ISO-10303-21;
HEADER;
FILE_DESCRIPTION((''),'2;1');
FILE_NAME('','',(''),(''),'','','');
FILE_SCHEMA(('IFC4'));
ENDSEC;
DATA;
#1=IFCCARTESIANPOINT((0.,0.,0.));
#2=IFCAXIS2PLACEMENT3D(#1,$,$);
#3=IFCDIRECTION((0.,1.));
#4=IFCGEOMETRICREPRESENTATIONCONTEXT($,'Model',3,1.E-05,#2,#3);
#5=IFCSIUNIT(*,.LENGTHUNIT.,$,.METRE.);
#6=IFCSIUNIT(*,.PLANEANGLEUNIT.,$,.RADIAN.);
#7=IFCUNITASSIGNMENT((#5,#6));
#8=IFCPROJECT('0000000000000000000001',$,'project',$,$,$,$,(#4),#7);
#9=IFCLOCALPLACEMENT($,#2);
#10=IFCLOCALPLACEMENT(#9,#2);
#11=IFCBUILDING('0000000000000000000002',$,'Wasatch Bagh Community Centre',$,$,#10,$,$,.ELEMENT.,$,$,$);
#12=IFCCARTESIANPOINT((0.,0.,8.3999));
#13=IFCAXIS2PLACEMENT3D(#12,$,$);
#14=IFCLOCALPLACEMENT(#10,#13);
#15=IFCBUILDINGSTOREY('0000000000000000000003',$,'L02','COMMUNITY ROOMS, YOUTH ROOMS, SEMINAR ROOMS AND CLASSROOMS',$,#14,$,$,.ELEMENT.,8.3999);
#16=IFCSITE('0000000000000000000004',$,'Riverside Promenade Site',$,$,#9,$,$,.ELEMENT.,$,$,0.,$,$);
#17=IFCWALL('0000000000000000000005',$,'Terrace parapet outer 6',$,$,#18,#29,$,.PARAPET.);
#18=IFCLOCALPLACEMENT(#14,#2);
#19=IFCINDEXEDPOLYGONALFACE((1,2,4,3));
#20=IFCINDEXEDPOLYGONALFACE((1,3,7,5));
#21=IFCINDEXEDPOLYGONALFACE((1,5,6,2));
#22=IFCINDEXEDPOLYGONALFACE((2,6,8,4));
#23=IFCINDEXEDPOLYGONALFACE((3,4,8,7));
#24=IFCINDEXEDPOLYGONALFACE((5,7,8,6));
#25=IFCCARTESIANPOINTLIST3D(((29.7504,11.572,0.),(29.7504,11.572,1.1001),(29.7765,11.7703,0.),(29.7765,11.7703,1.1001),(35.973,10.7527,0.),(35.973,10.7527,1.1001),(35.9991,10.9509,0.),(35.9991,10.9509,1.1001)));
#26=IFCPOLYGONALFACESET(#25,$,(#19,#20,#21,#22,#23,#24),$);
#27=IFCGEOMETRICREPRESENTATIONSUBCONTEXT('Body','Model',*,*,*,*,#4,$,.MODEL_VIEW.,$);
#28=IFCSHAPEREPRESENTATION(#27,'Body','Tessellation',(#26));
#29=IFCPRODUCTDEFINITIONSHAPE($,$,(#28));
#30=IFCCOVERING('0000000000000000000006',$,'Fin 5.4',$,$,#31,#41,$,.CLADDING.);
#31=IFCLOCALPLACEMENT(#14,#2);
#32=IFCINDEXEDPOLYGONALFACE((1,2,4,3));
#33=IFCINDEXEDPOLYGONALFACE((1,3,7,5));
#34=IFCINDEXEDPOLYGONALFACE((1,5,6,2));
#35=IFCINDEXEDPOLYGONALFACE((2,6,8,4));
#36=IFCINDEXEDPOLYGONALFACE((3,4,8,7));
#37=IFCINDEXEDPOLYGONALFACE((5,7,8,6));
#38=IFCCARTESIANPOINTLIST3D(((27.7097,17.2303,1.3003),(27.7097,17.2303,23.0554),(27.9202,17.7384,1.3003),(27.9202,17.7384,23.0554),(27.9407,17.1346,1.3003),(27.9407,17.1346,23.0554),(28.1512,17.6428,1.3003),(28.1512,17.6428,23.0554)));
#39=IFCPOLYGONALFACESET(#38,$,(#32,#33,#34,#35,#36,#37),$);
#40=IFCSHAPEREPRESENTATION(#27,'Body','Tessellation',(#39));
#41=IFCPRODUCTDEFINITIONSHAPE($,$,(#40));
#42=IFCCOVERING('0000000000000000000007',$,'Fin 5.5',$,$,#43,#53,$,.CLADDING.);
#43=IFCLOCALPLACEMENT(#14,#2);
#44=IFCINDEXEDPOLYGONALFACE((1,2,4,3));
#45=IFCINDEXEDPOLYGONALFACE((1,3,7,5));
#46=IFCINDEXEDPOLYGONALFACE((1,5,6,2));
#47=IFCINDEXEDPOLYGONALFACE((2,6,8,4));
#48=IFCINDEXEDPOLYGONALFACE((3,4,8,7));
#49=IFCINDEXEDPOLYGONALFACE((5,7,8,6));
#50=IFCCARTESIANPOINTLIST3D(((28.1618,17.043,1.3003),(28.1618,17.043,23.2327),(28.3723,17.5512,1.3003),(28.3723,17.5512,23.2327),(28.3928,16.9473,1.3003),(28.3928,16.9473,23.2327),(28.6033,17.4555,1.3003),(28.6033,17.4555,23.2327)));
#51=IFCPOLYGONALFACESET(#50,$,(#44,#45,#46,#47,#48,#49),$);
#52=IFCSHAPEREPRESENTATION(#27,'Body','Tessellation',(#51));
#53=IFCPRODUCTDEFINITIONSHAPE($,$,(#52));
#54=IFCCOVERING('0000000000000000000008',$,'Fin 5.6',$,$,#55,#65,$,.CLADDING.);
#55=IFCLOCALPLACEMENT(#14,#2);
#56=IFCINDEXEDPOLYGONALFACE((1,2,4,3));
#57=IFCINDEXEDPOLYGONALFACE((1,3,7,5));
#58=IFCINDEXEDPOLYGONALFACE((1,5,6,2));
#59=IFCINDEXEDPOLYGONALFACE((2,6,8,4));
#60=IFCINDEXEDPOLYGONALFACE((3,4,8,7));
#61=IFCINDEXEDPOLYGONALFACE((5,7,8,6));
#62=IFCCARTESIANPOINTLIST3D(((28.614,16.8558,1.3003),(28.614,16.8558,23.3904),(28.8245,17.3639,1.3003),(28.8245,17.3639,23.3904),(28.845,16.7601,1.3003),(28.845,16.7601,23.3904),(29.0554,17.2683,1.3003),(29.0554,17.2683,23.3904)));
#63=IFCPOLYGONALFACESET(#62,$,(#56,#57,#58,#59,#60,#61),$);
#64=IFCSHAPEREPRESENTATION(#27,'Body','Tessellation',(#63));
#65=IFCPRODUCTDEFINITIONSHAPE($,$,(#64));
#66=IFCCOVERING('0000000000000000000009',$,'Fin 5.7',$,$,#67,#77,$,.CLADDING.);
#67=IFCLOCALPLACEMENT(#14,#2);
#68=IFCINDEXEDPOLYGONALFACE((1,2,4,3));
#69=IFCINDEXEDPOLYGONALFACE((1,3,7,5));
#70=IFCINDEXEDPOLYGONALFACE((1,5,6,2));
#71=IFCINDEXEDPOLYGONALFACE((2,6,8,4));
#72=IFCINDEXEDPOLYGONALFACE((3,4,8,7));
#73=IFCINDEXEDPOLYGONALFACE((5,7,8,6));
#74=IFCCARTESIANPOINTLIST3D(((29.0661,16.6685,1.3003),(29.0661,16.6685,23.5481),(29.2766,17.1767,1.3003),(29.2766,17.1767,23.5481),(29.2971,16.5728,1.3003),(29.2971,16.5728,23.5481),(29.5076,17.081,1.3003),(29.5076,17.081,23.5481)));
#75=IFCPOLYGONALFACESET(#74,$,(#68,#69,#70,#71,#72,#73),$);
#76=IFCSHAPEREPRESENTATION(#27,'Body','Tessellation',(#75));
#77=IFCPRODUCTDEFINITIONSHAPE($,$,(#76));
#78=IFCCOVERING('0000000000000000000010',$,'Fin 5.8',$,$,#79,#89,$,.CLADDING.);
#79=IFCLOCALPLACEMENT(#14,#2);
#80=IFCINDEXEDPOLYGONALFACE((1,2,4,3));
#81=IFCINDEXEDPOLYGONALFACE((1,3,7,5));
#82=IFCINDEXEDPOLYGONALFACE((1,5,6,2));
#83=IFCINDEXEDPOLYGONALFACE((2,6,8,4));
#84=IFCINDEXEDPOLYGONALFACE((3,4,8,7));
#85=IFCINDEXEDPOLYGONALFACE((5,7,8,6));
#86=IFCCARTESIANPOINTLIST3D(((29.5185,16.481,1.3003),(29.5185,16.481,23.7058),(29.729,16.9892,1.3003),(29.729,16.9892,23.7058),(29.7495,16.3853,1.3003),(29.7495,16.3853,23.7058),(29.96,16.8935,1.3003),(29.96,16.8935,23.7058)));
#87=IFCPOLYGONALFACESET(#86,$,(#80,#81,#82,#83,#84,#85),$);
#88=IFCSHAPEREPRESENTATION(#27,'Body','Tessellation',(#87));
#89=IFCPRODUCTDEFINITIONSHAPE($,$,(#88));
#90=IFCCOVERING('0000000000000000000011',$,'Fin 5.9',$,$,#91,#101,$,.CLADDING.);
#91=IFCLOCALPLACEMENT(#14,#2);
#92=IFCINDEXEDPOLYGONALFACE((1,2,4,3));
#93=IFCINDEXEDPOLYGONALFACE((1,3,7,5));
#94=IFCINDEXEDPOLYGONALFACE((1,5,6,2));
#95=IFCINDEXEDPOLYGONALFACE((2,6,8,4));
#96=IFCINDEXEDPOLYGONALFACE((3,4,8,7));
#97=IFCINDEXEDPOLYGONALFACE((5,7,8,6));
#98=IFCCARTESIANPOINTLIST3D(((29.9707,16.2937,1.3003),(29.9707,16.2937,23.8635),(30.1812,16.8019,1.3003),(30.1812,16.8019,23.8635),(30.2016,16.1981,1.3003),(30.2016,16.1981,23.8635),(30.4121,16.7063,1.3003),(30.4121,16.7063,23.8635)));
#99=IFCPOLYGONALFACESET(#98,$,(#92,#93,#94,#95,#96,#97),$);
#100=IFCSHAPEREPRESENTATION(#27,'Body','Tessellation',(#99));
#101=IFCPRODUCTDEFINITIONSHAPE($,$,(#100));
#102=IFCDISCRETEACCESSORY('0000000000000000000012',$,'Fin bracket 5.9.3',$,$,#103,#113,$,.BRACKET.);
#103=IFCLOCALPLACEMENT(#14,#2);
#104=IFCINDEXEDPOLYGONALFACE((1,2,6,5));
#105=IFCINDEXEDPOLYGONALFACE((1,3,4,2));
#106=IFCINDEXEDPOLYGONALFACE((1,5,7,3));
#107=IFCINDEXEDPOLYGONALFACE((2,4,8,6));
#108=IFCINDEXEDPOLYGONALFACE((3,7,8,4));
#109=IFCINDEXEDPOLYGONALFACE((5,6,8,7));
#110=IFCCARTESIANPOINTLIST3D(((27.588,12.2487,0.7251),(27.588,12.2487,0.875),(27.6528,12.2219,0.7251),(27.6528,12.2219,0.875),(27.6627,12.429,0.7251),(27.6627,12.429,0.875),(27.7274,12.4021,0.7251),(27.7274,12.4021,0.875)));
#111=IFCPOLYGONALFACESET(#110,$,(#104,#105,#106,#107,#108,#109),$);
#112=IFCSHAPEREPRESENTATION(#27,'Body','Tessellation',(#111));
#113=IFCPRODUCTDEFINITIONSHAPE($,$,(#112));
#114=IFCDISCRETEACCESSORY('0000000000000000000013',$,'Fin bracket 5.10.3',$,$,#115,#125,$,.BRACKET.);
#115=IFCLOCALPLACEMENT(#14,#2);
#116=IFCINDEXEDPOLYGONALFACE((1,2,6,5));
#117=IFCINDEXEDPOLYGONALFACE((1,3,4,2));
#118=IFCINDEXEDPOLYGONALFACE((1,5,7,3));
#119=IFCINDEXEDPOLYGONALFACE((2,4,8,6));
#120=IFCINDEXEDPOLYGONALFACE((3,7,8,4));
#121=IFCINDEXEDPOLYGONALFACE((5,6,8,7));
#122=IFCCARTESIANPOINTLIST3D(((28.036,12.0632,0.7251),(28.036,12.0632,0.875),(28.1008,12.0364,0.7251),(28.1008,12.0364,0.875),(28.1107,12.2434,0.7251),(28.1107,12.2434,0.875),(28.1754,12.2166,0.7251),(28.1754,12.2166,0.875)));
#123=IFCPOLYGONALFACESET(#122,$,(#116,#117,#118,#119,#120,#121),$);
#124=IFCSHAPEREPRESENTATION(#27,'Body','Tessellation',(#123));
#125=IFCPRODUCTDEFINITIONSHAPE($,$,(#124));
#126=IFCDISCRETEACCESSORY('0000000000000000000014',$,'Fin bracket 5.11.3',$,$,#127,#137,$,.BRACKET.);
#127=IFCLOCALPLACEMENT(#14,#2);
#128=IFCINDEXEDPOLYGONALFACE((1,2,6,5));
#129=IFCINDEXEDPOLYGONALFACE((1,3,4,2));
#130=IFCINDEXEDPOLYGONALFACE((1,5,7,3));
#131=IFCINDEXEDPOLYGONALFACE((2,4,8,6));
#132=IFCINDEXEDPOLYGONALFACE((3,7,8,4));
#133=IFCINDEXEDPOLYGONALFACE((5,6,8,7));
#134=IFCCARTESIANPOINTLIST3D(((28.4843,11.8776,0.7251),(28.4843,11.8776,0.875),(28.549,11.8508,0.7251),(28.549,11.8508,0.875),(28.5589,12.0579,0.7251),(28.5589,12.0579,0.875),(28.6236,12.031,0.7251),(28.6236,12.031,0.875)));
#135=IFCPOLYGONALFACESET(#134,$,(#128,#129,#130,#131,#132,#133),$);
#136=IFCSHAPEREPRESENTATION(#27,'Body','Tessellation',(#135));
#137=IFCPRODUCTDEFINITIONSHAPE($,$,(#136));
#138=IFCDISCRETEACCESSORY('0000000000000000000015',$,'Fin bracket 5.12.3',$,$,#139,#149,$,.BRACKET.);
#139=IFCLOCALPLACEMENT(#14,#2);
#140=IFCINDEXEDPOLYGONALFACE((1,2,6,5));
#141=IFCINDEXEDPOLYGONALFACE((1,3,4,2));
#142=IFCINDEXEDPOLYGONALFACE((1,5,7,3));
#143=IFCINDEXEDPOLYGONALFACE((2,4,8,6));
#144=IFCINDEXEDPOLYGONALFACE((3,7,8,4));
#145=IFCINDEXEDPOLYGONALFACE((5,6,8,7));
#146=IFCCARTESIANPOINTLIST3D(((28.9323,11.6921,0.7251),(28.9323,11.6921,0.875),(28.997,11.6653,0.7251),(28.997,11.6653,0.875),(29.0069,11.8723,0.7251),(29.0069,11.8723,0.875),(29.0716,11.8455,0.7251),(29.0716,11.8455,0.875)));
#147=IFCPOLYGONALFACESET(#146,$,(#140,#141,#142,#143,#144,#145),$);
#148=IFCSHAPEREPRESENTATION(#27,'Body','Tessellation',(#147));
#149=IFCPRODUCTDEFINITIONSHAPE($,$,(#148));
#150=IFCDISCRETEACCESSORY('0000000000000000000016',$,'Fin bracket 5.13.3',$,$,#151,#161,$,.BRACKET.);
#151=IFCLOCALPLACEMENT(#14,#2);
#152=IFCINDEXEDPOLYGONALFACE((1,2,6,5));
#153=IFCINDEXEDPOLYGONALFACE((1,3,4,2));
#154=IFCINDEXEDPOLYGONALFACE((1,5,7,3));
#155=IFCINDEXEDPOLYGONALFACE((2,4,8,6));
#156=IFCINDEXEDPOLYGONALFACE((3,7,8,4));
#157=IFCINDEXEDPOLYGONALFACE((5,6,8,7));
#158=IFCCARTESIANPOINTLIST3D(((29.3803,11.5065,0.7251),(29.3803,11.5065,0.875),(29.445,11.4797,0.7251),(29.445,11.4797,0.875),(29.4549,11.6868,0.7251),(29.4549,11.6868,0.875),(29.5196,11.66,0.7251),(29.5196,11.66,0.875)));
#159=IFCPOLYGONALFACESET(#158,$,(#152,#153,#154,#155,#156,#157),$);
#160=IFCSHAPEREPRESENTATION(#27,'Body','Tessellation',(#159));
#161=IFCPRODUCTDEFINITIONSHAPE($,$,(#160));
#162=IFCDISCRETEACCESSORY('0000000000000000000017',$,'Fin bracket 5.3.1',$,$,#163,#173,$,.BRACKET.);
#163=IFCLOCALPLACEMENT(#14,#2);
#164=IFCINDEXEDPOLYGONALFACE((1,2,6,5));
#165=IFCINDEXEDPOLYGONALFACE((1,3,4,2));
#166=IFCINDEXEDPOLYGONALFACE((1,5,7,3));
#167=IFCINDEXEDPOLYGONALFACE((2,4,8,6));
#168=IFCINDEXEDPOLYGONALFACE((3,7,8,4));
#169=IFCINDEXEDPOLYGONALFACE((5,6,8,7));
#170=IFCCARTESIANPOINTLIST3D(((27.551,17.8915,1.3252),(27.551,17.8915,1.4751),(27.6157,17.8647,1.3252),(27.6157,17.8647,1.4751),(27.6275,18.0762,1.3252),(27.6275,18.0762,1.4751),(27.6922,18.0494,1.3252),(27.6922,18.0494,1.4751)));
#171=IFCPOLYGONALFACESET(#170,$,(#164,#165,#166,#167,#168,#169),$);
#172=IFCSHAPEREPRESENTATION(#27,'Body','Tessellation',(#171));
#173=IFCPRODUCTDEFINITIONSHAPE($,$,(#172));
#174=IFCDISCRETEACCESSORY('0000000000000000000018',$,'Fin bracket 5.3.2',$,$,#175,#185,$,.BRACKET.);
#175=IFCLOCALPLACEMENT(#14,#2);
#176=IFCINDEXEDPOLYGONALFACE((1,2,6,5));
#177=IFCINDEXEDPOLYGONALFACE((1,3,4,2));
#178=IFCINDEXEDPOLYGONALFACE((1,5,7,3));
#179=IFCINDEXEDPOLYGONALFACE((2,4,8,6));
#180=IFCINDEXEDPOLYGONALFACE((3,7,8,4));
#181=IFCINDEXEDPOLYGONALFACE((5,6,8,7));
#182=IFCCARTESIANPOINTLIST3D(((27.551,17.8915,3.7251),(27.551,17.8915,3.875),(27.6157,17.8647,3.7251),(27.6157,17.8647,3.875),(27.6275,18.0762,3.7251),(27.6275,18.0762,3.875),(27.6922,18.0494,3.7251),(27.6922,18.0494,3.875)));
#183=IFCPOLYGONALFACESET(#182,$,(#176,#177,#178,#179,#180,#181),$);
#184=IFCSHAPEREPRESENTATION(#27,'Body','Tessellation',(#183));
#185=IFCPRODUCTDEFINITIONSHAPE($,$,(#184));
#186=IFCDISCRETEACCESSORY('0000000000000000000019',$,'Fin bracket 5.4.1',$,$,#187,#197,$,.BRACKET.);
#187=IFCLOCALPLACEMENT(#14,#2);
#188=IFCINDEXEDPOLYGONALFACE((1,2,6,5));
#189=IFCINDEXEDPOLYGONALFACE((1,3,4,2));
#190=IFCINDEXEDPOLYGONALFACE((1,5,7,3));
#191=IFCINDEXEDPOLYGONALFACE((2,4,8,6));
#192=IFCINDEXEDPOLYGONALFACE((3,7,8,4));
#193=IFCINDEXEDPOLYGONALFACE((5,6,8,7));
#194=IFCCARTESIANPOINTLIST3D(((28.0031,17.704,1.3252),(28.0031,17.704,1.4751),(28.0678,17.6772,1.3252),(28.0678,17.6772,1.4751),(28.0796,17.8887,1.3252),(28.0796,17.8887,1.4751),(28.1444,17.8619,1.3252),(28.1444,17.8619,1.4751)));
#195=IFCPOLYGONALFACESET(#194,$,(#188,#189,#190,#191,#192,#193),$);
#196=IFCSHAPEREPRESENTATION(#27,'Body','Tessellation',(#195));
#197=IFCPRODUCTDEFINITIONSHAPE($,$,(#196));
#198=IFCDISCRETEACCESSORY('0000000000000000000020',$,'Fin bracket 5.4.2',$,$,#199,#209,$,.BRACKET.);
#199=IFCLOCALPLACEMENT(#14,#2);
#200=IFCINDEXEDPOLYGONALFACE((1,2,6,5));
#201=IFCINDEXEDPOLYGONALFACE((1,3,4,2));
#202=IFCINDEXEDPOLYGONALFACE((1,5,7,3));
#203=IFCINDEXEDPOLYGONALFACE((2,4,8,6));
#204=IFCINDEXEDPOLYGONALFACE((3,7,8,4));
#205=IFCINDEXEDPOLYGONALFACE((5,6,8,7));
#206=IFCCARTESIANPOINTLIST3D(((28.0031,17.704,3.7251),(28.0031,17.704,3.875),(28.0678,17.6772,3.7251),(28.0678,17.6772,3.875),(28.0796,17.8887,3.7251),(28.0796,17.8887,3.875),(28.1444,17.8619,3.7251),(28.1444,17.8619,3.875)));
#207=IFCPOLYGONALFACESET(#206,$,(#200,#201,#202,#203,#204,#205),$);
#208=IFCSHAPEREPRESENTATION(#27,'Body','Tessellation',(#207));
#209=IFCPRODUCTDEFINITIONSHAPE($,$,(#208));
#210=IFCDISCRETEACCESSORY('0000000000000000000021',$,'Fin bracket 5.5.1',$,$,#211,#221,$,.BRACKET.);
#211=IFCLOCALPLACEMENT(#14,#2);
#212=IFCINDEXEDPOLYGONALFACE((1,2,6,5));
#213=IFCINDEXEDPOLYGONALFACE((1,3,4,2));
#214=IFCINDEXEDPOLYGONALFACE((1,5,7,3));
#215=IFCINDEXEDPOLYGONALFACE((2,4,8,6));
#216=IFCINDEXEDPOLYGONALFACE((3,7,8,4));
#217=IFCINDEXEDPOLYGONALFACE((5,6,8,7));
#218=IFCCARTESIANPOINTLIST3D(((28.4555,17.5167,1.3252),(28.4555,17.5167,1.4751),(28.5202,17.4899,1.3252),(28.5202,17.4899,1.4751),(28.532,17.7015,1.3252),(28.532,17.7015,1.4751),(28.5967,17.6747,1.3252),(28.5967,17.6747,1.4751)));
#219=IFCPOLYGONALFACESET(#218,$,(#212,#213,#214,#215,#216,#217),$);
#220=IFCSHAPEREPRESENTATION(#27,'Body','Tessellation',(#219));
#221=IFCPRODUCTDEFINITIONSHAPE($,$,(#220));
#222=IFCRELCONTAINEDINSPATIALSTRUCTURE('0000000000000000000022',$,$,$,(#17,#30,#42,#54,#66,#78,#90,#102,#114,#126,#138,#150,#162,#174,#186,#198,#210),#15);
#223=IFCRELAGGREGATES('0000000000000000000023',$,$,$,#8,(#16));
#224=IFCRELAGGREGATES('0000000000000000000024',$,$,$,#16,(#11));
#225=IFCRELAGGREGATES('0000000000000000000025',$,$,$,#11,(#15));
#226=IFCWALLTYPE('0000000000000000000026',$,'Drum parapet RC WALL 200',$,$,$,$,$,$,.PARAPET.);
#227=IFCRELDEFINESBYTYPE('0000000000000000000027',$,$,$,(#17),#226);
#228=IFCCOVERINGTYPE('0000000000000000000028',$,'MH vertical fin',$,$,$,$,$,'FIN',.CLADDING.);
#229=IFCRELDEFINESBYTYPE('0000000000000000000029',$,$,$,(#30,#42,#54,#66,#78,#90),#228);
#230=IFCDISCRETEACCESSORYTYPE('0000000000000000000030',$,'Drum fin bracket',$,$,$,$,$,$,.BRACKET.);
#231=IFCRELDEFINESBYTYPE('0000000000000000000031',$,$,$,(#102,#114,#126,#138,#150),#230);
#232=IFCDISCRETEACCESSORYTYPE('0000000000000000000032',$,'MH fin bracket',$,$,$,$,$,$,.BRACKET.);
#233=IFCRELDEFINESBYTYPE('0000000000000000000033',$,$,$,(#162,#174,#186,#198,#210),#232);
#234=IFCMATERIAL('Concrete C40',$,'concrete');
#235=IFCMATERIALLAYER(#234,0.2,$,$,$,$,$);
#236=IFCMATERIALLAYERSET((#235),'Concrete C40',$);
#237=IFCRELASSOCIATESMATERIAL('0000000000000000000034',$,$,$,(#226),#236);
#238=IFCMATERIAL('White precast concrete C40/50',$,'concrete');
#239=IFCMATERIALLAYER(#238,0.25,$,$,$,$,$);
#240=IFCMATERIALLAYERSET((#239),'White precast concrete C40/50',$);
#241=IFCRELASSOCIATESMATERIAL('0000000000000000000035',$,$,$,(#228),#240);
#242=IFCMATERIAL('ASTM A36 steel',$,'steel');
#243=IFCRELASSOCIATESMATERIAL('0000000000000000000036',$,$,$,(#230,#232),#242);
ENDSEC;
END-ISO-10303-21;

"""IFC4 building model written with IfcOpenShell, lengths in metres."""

from ifc_helpers import new_model, si_unit, direction, frame, frame_2d, origin, origin_2d, place, context, subcontext, project, spatial, rectangle, extrude, material, layer, layer_set, type_object, element, save


model = new_model("IFC4")

# Units and contexts
model_context = context("Model", 3, precision=1e-05, world=origin(), true_north=direction((0.0, 1.0)))
body_context = subcontext(model_context, "Body", "Model", "MODEL_VIEW")
ifc_project = project(units=[si_unit("LENGTHUNIT", "METRE"), si_unit("PLANEANGLEUNIT", "RADIAN")], contexts=[model_context])

# Site, building, storey
site_placement = place(None, origin())
site = spatial("IfcSite", under=ifc_project, at=site_placement, Name="Riverside Promenade Site", CompositionType="ELEMENT", RefElevation=0.0)
building_placement = place(site_placement, origin())
building = spatial("IfcBuilding", under=site, at=building_placement, Name="Wasatch Bagh Community Centre", CompositionType="ELEMENT")
storey_placement = place(building_placement, frame((0.0, 0.0, 8.3999)))
storey = spatial("IfcBuildingStorey", under=building, at=storey_placement, Name="L02", Description="COMMUNITY ROOMS, YOUTH ROOMS, SEMINAR ROOMS AND CLASSROOMS", CompositionType="ELEMENT", Elevation=8.3999)

# Wall
ifc_material_1 = material(Name="Concrete C40", Category="concrete")
ifc_layer_1 = layer(ifc_material_1, 0.2)
ifc_layer_set_1 = layer_set([ifc_layer_1], Name="Concrete C40")
wall_type = type_object("IfcWallType", Name="Drum parapet RC WALL 200", PredefinedType="PARAPET", material=ifc_layer_set_1)
wall_placement = place(storey_placement, frame((29.7634, 11.6711, 0.0), z_axis=(0.0, 0.0, 1.0), x_axis=(0.991443, -0.130543, 0.0)))
element("IfcWall", 1, at=wall_placement, inside=storey, type_object=wall_type, Name="Terrace parapet outer 6", PredefinedType="PARAPET", context=body_context, shape_type="SweptSolid", body=[
    extrude(rectangle(XDim=6.2764, YDim=0.2, at=frame_2d((3.1382, 0.0))), origin(), (0.0, 0.0, 1.0), 1.1001),
])

# Coverings
ifc_material_2 = material(Name="White precast concrete C40/50", Category="concrete")
ifc_layer_2 = layer(ifc_material_2, 0.25)
ifc_layer_set_2 = layer_set([ifc_layer_2], Name="White precast concrete C40/50")
covering_type = type_object("IfcCoveringType", Name="MH vertical fin", ElementType="FIN", PredefinedType="CLADDING", material=ifc_layer_set_2)
covering_1_placement = place(storey_placement, frame((27.9304, 17.4365, 1.3003), z_axis=(0.0, 0.0, 1.0), x_axis=(0.92388, -0.382683, 0.0)))
element("IfcCovering", 2, at=covering_1_placement, inside=storey, type_object=covering_type, Name="Fin 5.4", PredefinedType="CLADDING", context=body_context, shape_type="SweptSolid", body=[
    extrude(rectangle(XDim=0.25, YDim=0.55, at=origin_2d()), origin(), (0.0, 0.0, 1.0), 21.7551),
])
covering_2_placement = place(storey_placement, frame((28.3826, 17.2493, 1.3003), z_axis=(0.0, 0.0, 1.0), x_axis=(0.92388, -0.382683, 0.0)))
element("IfcCovering", 3, at=covering_2_placement, inside=storey, type_object=covering_type, Name="Fin 5.5", PredefinedType="CLADDING", context=body_context, shape_type="SweptSolid", body=[
    extrude(rectangle(XDim=0.25, YDim=0.55, at=origin_2d()), origin(), (0.0, 0.0, 1.0), 21.9324),
])
covering_3_placement = place(storey_placement, frame((28.8347, 17.062, 1.3003), z_axis=(0.0, 0.0, 1.0), x_axis=(0.92388, -0.382683, 0.0)))
element("IfcCovering", 4, at=covering_3_placement, inside=storey, type_object=covering_type, Name="Fin 5.6", PredefinedType="CLADDING", context=body_context, shape_type="SweptSolid", body=[
    extrude(rectangle(XDim=0.25, YDim=0.55, at=origin_2d()), origin(), (0.0, 0.0, 1.0), 22.0901),
])
covering_4_placement = place(storey_placement, frame((29.2869, 16.8748, 1.3003), z_axis=(0.0, 0.0, 1.0), x_axis=(0.92388, -0.382683, 0.0)))
element("IfcCovering", 5, at=covering_4_placement, inside=storey, type_object=covering_type, Name="Fin 5.7", PredefinedType="CLADDING", context=body_context, shape_type="SweptSolid", body=[
    extrude(rectangle(XDim=0.25, YDim=0.55, at=origin_2d()), origin(), (0.0, 0.0, 1.0), 22.2478),
])
covering_5_placement = place(storey_placement, frame((29.7393, 16.6873, 1.3003), z_axis=(0.0, 0.0, 1.0), x_axis=(0.92388, -0.382683, 0.0)))
element("IfcCovering", 6, at=covering_5_placement, inside=storey, type_object=covering_type, Name="Fin 5.8", PredefinedType="CLADDING", context=body_context, shape_type="SweptSolid", body=[
    extrude(rectangle(XDim=0.25, YDim=0.55, at=origin_2d()), origin(), (0.0, 0.0, 1.0), 22.4055),
])
covering_6_placement = place(storey_placement, frame((30.1914, 16.5, 1.3003), z_axis=(0.0, 0.0, 1.0), x_axis=(0.92388, -0.382683, 0.0)))
element("IfcCovering", 7, at=covering_6_placement, inside=storey, type_object=covering_type, Name="Fin 5.9", PredefinedType="CLADDING", context=body_context, shape_type="SweptSolid", body=[
    extrude(rectangle(XDim=0.25, YDim=0.55, at=origin_2d()), origin(), (0.0, 0.0, 1.0), 22.5632),
])

# Discrete accessories
ifc_material_3 = material(Name="ASTM A36 steel", Category="steel")
discrete_accessory_type_1 = type_object("IfcDiscreteAccessoryType", Name="Drum fin bracket", PredefinedType="BRACKET", material=ifc_material_3)
for number, where, z_axis, x_axis, name in (
    (8, (27.6577, 12.3254, 0.7251), (0.0, 0.0, 1.0), (0.92388, -0.382683, 0.0), "Fin bracket 5.9.3"),
    (9, (28.1057, 12.1399, 0.7251), (0.0, 0.0, 1.0), (0.92388, -0.382683, 0.0), "Fin bracket 5.10.3"),
    (10, (28.554, 11.9543, 0.7251), (0.0, 0.0, 1.0), (0.92388, -0.382683, 0.0), "Fin bracket 5.11.3"),
    (11, (29.002, 11.7688, 0.7251), (0.0, 0.0, 1.0), (0.92388, -0.382683, 0.0), "Fin bracket 5.12.3"),
    (12, (29.45, 11.5833, 0.7251), (0.0, 0.0, 1.0), (0.92388, -0.382683, 0.0), "Fin bracket 5.13.3"),
):
    element("IfcDiscreteAccessory", number, at=place(storey_placement, frame(where, z_axis=z_axis, x_axis=x_axis)), inside=storey, type_object=discrete_accessory_type_1, Name=name, PredefinedType="BRACKET", context=body_context, shape_type="SweptSolid", body=[
        extrude(rectangle(XDim=0.0701, YDim=0.1951, at=origin_2d()), origin(), (0.0, 0.0, 1.0), 0.1499),
    ])
discrete_accessory_type_2 = type_object("IfcDiscreteAccessoryType", Name="MH fin bracket", PredefinedType="BRACKET", material=ifc_material_3)
for number, where, z_axis, x_axis, name in (
    (13, (27.6216, 17.9705, 1.3252), (0.0, 0.0, 1.0), (0.92388, -0.382683, 0.0), "Fin bracket 5.3.1"),
    (14, (27.6216, 17.9705, 3.7251), (0.0, 0.0, 1.0), (0.92388, -0.382683, 0.0), "Fin bracket 5.3.2"),
    (15, (28.0737, 17.783, 1.3252), (0.0, 0.0, 1.0), (0.92388, -0.382683, 0.0), "Fin bracket 5.4.1"),
    (16, (28.0737, 17.783, 3.7251), (0.0, 0.0, 1.0), (0.92388, -0.382683, 0.0), "Fin bracket 5.4.2"),
    (17, (28.5261, 17.5957, 1.3252), (0.0, 0.0, 1.0), (0.92388, -0.382683, 0.0), "Fin bracket 5.5.1"),
):
    element("IfcDiscreteAccessory", number, at=place(storey_placement, frame(where, z_axis=z_axis, x_axis=x_axis)), inside=storey, type_object=discrete_accessory_type_2, Name=name, PredefinedType="BRACKET", context=body_context, shape_type="SweptSolid", body=[
        extrude(rectangle(XDim=0.0701, YDim=0.2, at=origin_2d()), origin(), (0.0, 0.0, 1.0), 0.1499),
    ])

save(model, "model.ifc")
